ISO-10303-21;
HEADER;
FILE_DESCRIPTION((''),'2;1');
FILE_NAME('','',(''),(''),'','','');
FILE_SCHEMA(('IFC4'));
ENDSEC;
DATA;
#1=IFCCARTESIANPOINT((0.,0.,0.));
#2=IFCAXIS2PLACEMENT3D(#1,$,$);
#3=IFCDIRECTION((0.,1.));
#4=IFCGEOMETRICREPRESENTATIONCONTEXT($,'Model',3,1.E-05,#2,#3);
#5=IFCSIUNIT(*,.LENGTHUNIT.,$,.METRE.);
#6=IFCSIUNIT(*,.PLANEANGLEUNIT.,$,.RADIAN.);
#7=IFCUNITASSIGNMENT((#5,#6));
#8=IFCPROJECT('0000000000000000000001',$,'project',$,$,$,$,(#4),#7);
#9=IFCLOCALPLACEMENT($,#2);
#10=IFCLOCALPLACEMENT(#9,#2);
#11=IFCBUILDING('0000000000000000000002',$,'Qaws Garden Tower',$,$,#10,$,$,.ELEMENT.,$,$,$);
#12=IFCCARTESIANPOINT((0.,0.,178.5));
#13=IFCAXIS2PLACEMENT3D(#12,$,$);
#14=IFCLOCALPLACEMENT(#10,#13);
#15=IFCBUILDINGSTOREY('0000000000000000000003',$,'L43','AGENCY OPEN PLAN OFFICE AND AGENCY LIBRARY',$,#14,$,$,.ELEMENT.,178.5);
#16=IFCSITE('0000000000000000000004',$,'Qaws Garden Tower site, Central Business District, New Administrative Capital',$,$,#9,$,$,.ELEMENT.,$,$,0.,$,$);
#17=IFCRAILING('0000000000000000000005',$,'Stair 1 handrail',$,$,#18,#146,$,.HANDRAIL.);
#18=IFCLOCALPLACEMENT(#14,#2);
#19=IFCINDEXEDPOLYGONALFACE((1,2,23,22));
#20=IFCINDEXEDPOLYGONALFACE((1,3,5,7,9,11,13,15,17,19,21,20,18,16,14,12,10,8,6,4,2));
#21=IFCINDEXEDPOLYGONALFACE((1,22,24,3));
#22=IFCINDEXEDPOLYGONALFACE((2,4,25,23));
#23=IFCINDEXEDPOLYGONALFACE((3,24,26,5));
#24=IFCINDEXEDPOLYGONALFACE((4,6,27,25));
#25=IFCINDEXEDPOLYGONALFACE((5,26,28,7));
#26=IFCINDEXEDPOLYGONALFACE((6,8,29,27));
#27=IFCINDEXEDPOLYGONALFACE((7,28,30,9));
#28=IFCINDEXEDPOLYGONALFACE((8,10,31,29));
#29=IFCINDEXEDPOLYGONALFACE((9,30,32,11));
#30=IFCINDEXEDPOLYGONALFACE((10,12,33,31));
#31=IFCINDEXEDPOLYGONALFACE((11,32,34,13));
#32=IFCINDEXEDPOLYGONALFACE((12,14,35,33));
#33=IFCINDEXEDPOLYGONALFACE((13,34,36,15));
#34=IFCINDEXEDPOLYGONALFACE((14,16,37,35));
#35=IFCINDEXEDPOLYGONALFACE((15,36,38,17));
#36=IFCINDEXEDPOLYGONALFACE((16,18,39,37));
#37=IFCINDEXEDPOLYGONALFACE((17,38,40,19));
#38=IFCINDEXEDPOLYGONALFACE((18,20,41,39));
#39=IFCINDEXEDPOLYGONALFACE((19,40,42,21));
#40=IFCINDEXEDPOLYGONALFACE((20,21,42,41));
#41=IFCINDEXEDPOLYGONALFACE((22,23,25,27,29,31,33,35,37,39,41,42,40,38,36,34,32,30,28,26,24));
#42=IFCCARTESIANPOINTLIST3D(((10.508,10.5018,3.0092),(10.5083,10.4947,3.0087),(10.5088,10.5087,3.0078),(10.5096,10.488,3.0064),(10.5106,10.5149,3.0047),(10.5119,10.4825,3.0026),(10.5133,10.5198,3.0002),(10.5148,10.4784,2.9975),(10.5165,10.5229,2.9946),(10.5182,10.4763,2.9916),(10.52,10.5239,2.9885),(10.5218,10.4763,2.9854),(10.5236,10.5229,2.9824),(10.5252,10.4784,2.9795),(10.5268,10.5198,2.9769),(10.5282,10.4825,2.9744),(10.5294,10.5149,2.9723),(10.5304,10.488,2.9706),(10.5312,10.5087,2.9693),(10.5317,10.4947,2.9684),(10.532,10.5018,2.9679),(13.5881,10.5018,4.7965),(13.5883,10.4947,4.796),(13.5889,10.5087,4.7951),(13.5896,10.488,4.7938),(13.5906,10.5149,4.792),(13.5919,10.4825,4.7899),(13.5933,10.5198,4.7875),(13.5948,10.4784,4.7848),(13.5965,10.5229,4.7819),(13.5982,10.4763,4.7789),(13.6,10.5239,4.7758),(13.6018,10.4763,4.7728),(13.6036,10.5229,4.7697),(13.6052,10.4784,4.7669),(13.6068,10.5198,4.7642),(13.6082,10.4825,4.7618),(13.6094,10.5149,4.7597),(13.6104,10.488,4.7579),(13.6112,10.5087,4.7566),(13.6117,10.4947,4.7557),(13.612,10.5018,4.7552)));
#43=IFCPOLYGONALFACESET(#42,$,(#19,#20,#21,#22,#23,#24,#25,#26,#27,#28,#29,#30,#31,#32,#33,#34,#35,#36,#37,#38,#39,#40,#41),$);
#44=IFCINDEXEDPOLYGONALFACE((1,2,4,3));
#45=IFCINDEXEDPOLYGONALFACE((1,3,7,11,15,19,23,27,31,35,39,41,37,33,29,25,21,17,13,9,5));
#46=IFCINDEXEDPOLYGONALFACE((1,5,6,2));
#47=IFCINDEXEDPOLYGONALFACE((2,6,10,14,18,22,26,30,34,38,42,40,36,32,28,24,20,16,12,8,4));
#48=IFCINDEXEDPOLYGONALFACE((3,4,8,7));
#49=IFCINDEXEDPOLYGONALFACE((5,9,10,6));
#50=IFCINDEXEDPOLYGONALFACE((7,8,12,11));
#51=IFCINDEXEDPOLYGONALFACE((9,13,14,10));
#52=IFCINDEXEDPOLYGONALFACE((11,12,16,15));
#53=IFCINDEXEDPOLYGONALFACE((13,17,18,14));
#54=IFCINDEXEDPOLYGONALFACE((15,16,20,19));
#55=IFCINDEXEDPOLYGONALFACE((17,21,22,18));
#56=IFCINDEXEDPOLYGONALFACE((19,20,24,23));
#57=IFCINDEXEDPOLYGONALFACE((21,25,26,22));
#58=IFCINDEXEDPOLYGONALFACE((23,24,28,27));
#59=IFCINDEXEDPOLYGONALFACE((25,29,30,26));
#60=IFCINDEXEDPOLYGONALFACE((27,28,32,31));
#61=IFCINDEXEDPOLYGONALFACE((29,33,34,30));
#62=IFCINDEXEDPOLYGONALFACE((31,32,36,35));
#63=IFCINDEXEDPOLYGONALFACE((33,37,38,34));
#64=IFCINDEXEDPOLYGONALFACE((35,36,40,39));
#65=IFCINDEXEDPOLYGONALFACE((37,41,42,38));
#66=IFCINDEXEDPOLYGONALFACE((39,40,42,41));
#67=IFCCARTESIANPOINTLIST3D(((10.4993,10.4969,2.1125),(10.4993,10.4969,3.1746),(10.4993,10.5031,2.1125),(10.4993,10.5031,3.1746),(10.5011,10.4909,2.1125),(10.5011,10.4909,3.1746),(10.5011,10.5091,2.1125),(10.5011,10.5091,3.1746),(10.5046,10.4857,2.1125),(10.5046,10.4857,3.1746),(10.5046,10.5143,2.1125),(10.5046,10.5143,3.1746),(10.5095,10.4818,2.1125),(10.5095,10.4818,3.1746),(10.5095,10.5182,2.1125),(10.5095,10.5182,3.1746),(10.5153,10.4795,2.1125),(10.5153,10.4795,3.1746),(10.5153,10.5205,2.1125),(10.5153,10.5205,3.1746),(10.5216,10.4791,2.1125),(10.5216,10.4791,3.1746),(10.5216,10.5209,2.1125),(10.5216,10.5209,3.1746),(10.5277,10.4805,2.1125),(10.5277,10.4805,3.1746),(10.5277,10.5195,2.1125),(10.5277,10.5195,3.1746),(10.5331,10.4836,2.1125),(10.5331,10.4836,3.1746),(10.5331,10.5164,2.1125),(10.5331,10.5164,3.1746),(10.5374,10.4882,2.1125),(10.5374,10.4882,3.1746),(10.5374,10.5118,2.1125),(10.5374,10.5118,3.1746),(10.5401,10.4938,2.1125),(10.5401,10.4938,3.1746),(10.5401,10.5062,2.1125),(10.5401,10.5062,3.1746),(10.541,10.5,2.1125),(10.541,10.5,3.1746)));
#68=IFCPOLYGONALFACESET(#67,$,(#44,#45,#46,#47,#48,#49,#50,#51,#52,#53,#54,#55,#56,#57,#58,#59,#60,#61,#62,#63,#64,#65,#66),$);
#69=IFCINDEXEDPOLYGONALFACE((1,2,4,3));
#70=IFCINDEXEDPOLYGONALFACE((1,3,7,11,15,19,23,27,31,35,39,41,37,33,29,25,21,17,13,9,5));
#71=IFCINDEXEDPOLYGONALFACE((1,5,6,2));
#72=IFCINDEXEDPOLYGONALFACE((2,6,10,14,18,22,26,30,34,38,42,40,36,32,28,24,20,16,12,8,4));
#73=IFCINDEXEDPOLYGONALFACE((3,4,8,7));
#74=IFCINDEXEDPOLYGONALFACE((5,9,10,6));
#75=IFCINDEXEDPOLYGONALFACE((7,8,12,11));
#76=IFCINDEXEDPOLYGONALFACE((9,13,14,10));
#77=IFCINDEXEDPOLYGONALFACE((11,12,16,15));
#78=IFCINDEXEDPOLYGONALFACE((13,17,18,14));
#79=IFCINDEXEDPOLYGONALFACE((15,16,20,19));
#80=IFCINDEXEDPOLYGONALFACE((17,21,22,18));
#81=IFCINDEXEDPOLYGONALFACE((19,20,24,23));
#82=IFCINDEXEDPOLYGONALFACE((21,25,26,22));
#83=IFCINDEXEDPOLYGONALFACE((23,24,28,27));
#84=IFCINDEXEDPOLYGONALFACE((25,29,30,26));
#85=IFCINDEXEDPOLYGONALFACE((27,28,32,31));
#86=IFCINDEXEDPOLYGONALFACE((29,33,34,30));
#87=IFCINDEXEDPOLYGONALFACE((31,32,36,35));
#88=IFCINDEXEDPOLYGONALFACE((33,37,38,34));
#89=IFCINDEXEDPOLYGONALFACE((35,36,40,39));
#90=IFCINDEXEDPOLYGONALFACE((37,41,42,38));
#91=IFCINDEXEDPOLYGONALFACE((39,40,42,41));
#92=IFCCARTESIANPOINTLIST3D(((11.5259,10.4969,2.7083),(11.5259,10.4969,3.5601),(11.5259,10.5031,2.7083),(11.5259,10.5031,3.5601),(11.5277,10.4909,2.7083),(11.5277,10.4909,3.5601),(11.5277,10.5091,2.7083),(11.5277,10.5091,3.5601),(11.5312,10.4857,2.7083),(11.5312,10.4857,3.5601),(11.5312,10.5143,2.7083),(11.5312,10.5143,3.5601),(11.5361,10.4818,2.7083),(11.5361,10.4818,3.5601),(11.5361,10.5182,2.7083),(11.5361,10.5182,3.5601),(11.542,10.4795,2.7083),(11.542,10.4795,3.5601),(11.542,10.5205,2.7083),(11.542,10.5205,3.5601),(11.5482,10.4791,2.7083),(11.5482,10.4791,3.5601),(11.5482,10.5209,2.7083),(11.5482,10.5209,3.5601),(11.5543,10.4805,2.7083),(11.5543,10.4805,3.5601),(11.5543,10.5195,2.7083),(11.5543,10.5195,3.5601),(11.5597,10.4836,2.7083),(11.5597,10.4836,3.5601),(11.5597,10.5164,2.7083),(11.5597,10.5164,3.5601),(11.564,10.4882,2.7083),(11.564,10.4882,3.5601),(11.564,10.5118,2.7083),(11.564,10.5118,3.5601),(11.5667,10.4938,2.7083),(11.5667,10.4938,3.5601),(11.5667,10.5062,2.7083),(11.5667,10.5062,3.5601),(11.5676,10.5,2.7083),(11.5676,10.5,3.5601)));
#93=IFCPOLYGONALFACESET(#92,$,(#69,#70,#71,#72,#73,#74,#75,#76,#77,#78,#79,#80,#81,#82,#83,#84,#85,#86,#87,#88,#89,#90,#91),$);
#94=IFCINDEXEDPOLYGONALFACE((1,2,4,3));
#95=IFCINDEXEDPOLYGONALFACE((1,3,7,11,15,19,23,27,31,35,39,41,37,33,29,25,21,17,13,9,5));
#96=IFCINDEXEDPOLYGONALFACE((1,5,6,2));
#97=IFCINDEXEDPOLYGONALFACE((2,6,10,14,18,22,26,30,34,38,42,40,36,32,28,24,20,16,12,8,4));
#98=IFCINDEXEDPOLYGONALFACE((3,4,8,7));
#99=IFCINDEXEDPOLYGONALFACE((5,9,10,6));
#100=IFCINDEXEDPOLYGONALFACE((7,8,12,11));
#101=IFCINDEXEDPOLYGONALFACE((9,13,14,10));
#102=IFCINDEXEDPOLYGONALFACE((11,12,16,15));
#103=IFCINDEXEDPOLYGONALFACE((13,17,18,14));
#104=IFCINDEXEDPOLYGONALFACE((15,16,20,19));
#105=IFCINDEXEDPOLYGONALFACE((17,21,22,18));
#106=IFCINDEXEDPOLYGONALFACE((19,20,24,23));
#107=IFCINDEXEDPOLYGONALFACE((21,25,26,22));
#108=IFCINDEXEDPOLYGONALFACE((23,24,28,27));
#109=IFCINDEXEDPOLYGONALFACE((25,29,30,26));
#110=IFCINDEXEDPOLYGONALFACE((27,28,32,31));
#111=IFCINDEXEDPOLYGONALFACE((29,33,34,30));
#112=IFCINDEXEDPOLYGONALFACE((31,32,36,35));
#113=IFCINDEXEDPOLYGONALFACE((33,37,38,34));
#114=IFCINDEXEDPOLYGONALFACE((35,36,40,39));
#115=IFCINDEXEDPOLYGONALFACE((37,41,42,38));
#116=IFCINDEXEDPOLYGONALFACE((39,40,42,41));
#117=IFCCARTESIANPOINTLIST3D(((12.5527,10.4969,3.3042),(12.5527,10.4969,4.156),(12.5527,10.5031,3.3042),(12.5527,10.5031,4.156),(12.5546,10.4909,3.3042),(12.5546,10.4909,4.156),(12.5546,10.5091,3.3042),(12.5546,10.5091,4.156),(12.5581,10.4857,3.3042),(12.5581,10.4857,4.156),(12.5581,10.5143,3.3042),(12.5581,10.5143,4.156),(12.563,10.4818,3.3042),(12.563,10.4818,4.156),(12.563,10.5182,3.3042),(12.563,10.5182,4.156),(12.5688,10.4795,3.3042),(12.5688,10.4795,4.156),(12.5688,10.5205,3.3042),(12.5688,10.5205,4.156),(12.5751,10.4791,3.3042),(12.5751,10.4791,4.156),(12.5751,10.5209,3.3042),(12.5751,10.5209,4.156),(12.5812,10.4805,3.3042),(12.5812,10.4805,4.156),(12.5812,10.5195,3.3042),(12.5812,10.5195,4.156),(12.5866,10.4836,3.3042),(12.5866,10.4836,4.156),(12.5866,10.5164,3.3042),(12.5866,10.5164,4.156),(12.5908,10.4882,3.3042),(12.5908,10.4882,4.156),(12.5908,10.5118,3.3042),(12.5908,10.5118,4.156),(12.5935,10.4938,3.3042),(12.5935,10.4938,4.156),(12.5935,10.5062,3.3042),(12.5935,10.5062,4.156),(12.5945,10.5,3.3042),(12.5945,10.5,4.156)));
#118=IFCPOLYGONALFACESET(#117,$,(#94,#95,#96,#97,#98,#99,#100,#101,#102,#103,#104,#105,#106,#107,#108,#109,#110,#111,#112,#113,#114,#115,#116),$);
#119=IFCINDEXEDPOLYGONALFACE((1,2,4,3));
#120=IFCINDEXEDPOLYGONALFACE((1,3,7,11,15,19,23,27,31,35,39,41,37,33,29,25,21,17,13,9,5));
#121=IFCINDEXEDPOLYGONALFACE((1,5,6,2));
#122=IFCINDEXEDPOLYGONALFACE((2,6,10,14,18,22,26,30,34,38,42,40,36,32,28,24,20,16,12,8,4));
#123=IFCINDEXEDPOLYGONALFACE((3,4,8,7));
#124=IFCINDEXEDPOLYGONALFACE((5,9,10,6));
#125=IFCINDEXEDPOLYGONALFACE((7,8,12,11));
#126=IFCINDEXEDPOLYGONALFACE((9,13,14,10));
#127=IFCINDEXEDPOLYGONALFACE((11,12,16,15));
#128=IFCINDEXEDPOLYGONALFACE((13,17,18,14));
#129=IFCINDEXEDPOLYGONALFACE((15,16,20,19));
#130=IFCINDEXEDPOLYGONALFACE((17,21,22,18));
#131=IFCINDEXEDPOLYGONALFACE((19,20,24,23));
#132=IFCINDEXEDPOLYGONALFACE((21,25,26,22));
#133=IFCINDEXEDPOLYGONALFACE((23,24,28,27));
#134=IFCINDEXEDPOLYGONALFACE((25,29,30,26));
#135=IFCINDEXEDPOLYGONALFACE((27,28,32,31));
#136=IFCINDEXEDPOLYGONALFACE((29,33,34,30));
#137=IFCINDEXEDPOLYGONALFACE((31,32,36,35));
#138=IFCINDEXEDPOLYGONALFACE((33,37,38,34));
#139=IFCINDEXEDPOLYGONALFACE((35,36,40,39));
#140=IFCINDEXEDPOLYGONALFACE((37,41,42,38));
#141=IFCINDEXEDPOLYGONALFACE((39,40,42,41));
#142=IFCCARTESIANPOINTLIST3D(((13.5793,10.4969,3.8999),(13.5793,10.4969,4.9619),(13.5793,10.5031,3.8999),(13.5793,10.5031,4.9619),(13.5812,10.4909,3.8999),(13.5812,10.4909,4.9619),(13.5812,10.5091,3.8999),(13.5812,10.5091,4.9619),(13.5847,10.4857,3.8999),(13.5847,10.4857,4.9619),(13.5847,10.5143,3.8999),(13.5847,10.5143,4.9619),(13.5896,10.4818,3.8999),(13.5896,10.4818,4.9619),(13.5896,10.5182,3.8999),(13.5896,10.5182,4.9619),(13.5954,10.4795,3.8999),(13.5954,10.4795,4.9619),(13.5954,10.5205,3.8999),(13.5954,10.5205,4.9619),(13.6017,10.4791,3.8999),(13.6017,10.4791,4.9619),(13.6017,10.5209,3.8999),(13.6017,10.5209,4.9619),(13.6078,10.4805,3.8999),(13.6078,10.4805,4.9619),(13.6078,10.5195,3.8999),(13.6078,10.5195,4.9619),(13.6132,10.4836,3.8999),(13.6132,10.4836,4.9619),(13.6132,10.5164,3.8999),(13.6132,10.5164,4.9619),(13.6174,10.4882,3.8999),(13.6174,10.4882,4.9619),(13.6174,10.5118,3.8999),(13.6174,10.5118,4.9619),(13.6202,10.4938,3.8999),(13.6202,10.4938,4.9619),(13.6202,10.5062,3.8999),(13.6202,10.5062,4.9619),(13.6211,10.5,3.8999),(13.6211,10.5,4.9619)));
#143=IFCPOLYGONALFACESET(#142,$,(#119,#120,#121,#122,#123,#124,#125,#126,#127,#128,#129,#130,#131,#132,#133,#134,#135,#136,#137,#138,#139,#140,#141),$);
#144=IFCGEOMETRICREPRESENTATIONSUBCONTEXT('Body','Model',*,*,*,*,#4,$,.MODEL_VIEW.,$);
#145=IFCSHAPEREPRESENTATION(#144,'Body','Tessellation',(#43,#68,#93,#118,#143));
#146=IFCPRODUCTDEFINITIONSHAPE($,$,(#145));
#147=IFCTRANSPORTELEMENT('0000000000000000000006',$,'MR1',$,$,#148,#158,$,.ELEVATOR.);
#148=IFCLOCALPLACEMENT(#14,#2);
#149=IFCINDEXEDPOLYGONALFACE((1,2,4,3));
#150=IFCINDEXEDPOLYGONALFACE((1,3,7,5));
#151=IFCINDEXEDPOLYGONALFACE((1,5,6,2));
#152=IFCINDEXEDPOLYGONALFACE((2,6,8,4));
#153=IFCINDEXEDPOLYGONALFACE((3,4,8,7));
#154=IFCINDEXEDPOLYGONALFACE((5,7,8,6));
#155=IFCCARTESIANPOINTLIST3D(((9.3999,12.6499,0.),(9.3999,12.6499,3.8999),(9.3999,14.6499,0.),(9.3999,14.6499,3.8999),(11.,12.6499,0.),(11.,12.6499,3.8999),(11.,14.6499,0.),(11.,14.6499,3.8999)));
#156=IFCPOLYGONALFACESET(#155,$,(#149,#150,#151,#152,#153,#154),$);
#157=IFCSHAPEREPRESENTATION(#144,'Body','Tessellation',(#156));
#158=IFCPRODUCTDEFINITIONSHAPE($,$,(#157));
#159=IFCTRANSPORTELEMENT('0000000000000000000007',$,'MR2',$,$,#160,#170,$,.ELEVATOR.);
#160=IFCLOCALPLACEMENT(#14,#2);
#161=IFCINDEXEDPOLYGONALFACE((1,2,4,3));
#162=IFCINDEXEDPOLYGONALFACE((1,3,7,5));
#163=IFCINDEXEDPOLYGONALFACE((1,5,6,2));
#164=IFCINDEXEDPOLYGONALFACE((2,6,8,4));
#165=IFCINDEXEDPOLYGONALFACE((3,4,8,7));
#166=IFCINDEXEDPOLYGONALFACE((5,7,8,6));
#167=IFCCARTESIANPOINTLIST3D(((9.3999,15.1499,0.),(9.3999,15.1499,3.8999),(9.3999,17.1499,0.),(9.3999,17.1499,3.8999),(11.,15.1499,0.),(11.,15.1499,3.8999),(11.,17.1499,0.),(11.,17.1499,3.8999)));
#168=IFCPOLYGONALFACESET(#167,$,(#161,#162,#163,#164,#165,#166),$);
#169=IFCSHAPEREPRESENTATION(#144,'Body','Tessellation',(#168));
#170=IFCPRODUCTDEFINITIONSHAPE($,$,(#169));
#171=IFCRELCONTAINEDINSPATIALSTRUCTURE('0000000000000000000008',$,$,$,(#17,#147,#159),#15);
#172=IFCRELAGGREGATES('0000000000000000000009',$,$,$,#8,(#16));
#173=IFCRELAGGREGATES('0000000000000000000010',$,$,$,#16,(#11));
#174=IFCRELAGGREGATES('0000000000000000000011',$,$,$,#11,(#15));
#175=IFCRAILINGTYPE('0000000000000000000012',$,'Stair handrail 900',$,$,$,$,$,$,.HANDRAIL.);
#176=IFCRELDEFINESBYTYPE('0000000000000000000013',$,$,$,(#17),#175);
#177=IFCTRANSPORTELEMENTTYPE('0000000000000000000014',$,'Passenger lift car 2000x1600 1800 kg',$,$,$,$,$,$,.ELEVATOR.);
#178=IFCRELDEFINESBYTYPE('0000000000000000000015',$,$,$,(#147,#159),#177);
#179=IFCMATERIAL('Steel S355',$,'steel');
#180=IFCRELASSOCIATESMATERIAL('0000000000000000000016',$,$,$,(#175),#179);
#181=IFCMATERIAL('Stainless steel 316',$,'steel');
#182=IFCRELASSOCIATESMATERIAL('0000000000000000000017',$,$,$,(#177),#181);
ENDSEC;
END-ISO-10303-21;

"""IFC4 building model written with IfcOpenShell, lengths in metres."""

from ifc_helpers import new_model, si_unit, direction, frame, origin, origin_2d, place, context, subcontext, project, spatial, rectangle, circle, extrude, material, type_object, element, save


model = new_model("IFC4")

# Units and contexts
model_context = context("Model", 3, precision=1e-05, world=origin(), true_north=direction((0.0, 1.0)))
body_context = subcontext(model_context, "Body", "Model", "MODEL_VIEW")
ifc_project = project(units=[si_unit("LENGTHUNIT", "METRE"), si_unit("PLANEANGLEUNIT", "RADIAN")], contexts=[model_context])

# Site, building, storey
site_placement = place(None, origin())
site = spatial("IfcSite", under=ifc_project, at=site_placement, Name="Qaws Garden Tower site, Central Business District, New Administrative Capital", CompositionType="ELEMENT", RefElevation=0.0)
building_placement = place(site_placement, origin())
building = spatial("IfcBuilding", under=site, at=building_placement, Name="Qaws Garden Tower", CompositionType="ELEMENT")
storey_placement = place(building_placement, frame((0.0, 0.0, 178.5)))
storey = spatial("IfcBuildingStorey", under=building, at=storey_placement, Name="L43", Description="AGENCY OPEN PLAN OFFICE AND AGENCY LIBRARY", CompositionType="ELEMENT", Elevation=178.5)

# Railing
ifc_material_1 = material(Name="Steel S355", Category="steel")
railing_type = type_object("IfcRailingType", Name="Stair handrail 900", PredefinedType="HANDRAIL", material=ifc_material_1)
railing_1_placement = place(storey_placement, frame((10.52, 10.5, 2.1125)))
element("IfcRailing", 1, at=railing_1_placement, inside=storey, type_object=railing_type, Name="Stair 1 handrail", PredefinedType="HANDRAIL", context=body_context, shape_type="SweptSolid", body=[
    extrude(circle(Radius=0.0239, at=origin_2d()), frame((0.0, 0.0, 0.876), z_axis=(0.86492, 0.0, 0.501909), x_axis=(0.0, 1.0, 0.0)), (0.0, 0.0, 1.0), 3.561),
    extrude(circle(Radius=0.021, at=origin_2d()), origin(), (0.0, 0.0, 1.0), 1.062),
    extrude(circle(Radius=0.021, at=origin_2d()), frame((1.0266, 0.0, 0.5957)), (0.0, 0.0, 1.0), 0.8518),
    extrude(circle(Radius=0.021, at=origin_2d()), frame((2.0535, 0.0, 1.1917)), (0.0, 0.0, 1.0), 0.8518),
    extrude(circle(Radius=0.021, at=origin_2d()), frame((3.0801, 0.0, 1.7874)), (0.0, 0.0, 1.0), 1.062),
])

# Transport elements
ifc_material_2 = material(Name="Stainless steel 316", Category="steel")
transport_element_type = type_object("IfcTransportElementType", Name="Passenger lift car 2000x1600 1800 kg", PredefinedType="ELEVATOR", material=ifc_material_2)
for number, where, z_axis, x_axis, name in (
    (2, (10.2, 13.6499, 0.0), (0.0, 0.0, 1.0), (1.0, 0.0, 0.0), "MR1"),
    (3, (10.2, 16.1499, 0.0), (0.0, 0.0, 1.0), (1.0, 0.0, 0.0), "MR2"),
):
    element("IfcTransportElement", number, at=place(storey_placement, frame(where, z_axis=z_axis, x_axis=x_axis)), inside=storey, type_object=transport_element_type, Name=name, PredefinedType="ELEVATOR", context=body_context, shape_type="SweptSolid", body=[
        extrude(rectangle(XDim=1.6001, YDim=2.0, at=origin_2d()), origin(), (0.0, 0.0, 1.0), 3.8999),
    ])

save(model, "model.ifc")
